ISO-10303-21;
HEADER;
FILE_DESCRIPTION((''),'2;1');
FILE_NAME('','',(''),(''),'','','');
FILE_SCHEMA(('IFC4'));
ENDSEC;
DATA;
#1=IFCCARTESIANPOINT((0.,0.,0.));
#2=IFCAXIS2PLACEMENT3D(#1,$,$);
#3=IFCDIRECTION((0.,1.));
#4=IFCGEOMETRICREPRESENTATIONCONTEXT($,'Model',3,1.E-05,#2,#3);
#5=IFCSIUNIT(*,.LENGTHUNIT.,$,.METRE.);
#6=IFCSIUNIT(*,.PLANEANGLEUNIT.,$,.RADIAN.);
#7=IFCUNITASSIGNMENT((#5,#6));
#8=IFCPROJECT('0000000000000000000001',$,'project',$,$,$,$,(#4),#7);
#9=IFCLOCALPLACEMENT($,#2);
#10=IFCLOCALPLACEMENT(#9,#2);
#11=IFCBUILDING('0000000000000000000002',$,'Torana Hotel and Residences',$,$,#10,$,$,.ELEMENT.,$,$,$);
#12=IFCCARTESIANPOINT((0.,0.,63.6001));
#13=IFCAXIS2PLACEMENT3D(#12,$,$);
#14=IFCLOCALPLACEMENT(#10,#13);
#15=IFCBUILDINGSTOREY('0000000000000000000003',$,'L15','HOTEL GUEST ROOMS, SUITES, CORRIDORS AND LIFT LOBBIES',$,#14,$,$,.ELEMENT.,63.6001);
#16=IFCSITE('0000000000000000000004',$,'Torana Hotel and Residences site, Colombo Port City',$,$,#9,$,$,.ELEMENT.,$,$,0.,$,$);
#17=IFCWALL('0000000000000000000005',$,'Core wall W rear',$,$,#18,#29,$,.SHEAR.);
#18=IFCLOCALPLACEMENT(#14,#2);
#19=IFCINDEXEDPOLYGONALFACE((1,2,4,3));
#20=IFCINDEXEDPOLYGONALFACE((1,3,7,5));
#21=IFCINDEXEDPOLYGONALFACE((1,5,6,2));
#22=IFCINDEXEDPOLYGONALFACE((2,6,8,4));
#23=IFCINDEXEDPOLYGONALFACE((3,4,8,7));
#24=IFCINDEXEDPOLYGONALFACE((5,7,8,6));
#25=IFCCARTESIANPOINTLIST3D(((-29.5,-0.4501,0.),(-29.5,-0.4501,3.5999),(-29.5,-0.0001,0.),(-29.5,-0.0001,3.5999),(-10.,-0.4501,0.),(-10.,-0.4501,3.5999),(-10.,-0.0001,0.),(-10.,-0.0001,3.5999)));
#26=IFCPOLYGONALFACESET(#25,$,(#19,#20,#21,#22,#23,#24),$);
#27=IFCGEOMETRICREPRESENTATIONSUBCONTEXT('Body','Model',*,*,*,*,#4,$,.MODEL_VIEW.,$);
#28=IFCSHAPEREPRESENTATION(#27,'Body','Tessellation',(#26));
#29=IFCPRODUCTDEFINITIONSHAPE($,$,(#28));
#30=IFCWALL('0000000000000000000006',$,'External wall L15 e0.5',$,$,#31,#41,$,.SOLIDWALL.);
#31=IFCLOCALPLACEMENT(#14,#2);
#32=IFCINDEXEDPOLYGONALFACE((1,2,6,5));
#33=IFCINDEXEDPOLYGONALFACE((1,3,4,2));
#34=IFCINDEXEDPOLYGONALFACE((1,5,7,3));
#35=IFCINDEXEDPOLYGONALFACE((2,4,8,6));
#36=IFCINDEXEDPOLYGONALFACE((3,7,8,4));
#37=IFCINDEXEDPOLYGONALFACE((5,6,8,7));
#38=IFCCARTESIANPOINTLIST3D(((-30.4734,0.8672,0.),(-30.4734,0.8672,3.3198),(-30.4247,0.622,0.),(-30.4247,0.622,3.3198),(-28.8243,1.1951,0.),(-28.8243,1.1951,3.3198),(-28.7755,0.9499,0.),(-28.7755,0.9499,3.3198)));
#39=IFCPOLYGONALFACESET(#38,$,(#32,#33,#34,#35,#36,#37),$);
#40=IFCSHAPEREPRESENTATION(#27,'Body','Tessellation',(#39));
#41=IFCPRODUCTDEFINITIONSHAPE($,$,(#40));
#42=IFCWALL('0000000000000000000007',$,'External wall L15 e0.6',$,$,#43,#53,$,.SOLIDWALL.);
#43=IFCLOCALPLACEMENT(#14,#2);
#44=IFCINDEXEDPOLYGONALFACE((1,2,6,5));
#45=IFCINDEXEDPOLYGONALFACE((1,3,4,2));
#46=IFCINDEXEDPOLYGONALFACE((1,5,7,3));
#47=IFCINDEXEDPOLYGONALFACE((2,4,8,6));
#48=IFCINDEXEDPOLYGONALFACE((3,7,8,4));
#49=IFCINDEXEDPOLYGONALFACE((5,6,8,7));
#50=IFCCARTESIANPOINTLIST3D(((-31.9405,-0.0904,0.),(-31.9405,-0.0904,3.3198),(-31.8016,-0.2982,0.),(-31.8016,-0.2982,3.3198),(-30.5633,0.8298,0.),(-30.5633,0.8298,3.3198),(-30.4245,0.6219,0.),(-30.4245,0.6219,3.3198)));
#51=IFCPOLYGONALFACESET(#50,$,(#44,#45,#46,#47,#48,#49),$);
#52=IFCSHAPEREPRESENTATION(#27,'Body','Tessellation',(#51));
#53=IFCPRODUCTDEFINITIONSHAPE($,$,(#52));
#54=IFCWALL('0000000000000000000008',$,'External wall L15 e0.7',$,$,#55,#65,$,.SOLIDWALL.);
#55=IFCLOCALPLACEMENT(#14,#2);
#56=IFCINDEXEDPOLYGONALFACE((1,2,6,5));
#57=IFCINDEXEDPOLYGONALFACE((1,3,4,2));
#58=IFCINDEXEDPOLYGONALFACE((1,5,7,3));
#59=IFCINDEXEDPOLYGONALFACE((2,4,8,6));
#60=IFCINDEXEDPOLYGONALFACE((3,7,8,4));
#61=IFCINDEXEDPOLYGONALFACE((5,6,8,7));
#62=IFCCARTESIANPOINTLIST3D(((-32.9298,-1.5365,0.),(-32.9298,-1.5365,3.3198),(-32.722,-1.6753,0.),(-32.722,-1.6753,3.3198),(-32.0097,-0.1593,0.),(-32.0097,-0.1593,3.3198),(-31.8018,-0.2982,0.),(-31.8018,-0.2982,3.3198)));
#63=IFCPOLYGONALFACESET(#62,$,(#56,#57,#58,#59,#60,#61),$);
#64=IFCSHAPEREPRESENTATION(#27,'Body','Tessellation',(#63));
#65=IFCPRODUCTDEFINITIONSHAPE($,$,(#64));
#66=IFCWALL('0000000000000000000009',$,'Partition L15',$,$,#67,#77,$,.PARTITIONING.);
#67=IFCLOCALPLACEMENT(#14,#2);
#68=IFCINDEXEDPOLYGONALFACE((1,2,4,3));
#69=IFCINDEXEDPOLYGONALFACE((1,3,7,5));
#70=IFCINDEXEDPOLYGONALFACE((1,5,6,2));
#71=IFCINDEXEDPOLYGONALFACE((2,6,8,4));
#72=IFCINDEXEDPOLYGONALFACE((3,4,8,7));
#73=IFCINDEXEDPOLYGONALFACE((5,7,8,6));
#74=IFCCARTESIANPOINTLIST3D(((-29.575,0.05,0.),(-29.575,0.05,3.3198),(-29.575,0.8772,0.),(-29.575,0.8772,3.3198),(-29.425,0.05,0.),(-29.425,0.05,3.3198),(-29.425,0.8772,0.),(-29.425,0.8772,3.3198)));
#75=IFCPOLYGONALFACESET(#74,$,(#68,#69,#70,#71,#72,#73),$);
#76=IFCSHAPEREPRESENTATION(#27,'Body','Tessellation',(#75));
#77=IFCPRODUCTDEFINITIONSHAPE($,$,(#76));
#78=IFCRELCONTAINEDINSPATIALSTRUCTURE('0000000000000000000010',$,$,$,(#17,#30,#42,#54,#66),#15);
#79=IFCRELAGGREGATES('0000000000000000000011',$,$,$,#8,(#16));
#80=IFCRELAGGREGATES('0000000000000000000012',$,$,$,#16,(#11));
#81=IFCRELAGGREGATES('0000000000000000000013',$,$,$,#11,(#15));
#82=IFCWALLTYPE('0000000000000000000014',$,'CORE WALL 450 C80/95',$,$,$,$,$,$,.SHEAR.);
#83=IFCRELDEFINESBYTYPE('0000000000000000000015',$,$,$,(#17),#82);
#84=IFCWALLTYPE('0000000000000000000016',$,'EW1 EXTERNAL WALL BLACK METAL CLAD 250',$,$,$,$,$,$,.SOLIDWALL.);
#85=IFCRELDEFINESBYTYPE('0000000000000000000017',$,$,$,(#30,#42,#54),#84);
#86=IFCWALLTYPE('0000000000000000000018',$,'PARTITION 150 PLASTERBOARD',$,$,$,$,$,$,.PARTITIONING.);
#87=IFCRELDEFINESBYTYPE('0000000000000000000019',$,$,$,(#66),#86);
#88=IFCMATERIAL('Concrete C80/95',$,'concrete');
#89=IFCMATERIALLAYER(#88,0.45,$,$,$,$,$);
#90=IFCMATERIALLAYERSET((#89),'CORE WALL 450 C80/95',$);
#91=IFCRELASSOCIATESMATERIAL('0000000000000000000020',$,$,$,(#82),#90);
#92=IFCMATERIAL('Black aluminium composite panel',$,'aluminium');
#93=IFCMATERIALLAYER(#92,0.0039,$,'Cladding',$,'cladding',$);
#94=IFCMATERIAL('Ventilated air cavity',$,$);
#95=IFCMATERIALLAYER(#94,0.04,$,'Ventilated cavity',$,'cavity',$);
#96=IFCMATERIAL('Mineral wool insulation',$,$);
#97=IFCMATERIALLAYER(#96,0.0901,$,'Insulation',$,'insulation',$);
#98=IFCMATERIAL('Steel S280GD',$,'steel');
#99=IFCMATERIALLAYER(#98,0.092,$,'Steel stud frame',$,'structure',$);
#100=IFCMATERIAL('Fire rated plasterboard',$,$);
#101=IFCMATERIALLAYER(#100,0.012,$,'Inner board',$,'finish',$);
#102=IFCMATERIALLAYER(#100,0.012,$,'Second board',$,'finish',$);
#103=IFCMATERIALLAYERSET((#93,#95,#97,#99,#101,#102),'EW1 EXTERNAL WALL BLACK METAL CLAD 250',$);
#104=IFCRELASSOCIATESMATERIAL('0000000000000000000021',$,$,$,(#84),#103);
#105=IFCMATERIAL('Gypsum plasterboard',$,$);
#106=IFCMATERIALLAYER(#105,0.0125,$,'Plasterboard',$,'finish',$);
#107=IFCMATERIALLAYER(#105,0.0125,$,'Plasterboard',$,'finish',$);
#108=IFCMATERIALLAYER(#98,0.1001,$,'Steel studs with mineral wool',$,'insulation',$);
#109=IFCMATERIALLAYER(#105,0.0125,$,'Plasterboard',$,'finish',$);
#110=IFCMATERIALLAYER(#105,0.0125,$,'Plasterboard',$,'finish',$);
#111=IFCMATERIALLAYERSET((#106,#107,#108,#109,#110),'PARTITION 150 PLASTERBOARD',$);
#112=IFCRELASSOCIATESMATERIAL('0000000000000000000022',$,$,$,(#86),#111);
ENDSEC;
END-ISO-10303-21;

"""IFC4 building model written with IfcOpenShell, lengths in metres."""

from ifc_helpers import new_model, si_unit, direction, frame, frame_2d, origin, place, context, subcontext, project, spatial, rectangle, extrude, material, layer, layer_set, type_object, element, save


model = new_model("IFC4")

# Units and contexts
model_context = context("Model", 3, precision=1e-05, world=origin(), true_north=direction((0.0, 1.0)))
body_context = subcontext(model_context, "Body", "Model", "MODEL_VIEW")
ifc_project = project(units=[si_unit("LENGTHUNIT", "METRE"), si_unit("PLANEANGLEUNIT", "RADIAN")], contexts=[model_context])

# Site, building, storey
site_placement = place(None, origin())
site = spatial("IfcSite", under=ifc_project, at=site_placement, Name="Torana Hotel and Residences site, Colombo Port City", CompositionType="ELEMENT", RefElevation=0.0)
building_placement = place(site_placement, origin())
building = spatial("IfcBuilding", under=site, at=building_placement, Name="Torana Hotel and Residences", CompositionType="ELEMENT")
storey_placement = place(building_placement, frame((0.0, 0.0, 63.6001)))
storey = spatial("IfcBuildingStorey", under=building, at=storey_placement, Name="L15", Description="HOTEL GUEST ROOMS, SUITES, CORRIDORS AND LIFT LOBBIES", CompositionType="ELEMENT", Elevation=63.6001)

# Walls
ifc_material_1 = material(Name="Concrete C80/95", Category="concrete")
ifc_layer_1 = layer(ifc_material_1, 0.45)
ifc_layer_set_1 = layer_set([ifc_layer_1], Name="CORE WALL 450 C80/95")
wall_type_1 = type_object("IfcWallType", Name="CORE WALL 450 C80/95", PredefinedType="SHEAR", material=ifc_layer_set_1)
wall_1_placement = place(storey_placement, frame((-29.5, -0.2251, 0.0), z_axis=(0.0, 0.0, 1.0), x_axis=(1.0, 0.0, 0.0)))
element("IfcWall", 1, at=wall_1_placement, inside=storey, type_object=wall_type_1, Name="Core wall W rear", PredefinedType="SHEAR", context=body_context, shape_type="SweptSolid", body=[
    extrude(rectangle(XDim=19.5, YDim=0.45, at=frame_2d((9.75, 0.0))), origin(), (0.0, 0.0, 1.0), 3.5999),
])
ifc_material_2 = material(Name="Black aluminium composite panel", Category="aluminium")
ifc_layer_2 = layer(ifc_material_2, 0.0039, Name="Cladding", Category="cladding")
ifc_material_3 = material(Name="Ventilated air cavity")
ifc_layer_3 = layer(ifc_material_3, 0.04, Name="Ventilated cavity", Category="cavity")
ifc_material_4 = material(Name="Mineral wool insulation")
ifc_layer_4 = layer(ifc_material_4, 0.0901, Name="Insulation", Category="insulation")
ifc_material_5 = material(Name="Steel S280GD", Category="steel")
ifc_layer_5 = layer(ifc_material_5, 0.092, Name="Steel stud frame", Category="structure")
ifc_material_6 = material(Name="Fire rated plasterboard")
ifc_layer_6 = layer(ifc_material_6, 0.012, Name="Inner board", Category="finish")
ifc_layer_7 = layer(ifc_material_6, 0.012, Name="Second board", Category="finish")
ifc_layer_set_2 = layer_set([ifc_layer_2, ifc_layer_3, ifc_layer_4, ifc_layer_5, ifc_layer_6, ifc_layer_7], Name="EW1 EXTERNAL WALL BLACK METAL CLAD 250")
wall_type_2 = type_object("IfcWallType", Name="EW1 EXTERNAL WALL BLACK METAL CLAD 250", PredefinedType="SOLIDWALL", material=ifc_layer_set_2)
wall_2_placement = place(storey_placement, frame((-28.7998, 1.0725, 0.0), z_axis=(0.0, 0.0, 1.0), x_axis=(-0.980803, -0.194999, 0.0)))
element("IfcWall", 2, at=wall_2_placement, inside=storey, type_object=wall_type_2, Name="External wall L15 e0.5", PredefinedType="SOLIDWALL", context=body_context, shape_type="SweptSolid", body=[
    extrude(rectangle(XDim=1.6814, YDim=0.25, at=frame_2d((0.8408, 0.0))), origin(), (0.0, 0.0, 1.0), 3.3198),
])
for number, where, z_axis, x_axis, name in (
    (3, (-30.4939, 0.7258, 0.0), (0.0, 0.0, 1.0), (-0.831483, -0.55555, 0.0), "External wall L15 e0.6"),
    (4, (-31.9058, -0.2288, 0.0), (0.0, 0.0, 1.0), (-0.55555, -0.831483, 0.0), "External wall L15 e0.7"),
):
    element("IfcWall", number, at=place(storey_placement, frame(where, z_axis=z_axis, x_axis=x_axis)), inside=storey, type_object=wall_type_2, Name=name, PredefinedType="SOLIDWALL", context=body_context, shape_type="SweptSolid", body=[
        extrude(rectangle(XDim=1.6562, YDim=0.25, at=frame_2d((0.8281, 0.0))), origin(), (0.0, 0.0, 1.0), 3.3198),
    ])
ifc_material_7 = material(Name="Gypsum plasterboard")
ifc_layer_8 = layer(ifc_material_7, 0.0125, Name="Plasterboard", Category="finish")
ifc_layer_9 = layer(ifc_material_7, 0.0125, Name="Plasterboard", Category="finish")
ifc_layer_10 = layer(ifc_material_5, 0.1001, Name="Steel studs with mineral wool", Category="insulation")
ifc_layer_11 = layer(ifc_material_7, 0.0125, Name="Plasterboard", Category="finish")
ifc_layer_12 = layer(ifc_material_7, 0.0125, Name="Plasterboard", Category="finish")
ifc_layer_set_3 = layer_set([ifc_layer_8, ifc_layer_9, ifc_layer_10, ifc_layer_11, ifc_layer_12], Name="PARTITION 150 PLASTERBOARD")
wall_type_3 = type_object("IfcWallType", Name="PARTITION 150 PLASTERBOARD", PredefinedType="PARTITIONING", material=ifc_layer_set_3)
wall_3_placement = place(storey_placement, frame((-29.5, 0.05, 0.0), z_axis=(0.0, 0.0, 1.0), x_axis=(0.0, 1.0, 0.0)))
element("IfcWall", 5, at=wall_3_placement, inside=storey, type_object=wall_type_3, Name="Partition L15", PredefinedType="PARTITIONING", context=body_context, shape_type="SweptSolid", body=[
    extrude(rectangle(XDim=0.8271, YDim=0.1499, at=frame_2d((0.4136, 0.0))), origin(), (0.0, 0.0, 1.0), 3.3198),
])

save(model, "model.ifc")
